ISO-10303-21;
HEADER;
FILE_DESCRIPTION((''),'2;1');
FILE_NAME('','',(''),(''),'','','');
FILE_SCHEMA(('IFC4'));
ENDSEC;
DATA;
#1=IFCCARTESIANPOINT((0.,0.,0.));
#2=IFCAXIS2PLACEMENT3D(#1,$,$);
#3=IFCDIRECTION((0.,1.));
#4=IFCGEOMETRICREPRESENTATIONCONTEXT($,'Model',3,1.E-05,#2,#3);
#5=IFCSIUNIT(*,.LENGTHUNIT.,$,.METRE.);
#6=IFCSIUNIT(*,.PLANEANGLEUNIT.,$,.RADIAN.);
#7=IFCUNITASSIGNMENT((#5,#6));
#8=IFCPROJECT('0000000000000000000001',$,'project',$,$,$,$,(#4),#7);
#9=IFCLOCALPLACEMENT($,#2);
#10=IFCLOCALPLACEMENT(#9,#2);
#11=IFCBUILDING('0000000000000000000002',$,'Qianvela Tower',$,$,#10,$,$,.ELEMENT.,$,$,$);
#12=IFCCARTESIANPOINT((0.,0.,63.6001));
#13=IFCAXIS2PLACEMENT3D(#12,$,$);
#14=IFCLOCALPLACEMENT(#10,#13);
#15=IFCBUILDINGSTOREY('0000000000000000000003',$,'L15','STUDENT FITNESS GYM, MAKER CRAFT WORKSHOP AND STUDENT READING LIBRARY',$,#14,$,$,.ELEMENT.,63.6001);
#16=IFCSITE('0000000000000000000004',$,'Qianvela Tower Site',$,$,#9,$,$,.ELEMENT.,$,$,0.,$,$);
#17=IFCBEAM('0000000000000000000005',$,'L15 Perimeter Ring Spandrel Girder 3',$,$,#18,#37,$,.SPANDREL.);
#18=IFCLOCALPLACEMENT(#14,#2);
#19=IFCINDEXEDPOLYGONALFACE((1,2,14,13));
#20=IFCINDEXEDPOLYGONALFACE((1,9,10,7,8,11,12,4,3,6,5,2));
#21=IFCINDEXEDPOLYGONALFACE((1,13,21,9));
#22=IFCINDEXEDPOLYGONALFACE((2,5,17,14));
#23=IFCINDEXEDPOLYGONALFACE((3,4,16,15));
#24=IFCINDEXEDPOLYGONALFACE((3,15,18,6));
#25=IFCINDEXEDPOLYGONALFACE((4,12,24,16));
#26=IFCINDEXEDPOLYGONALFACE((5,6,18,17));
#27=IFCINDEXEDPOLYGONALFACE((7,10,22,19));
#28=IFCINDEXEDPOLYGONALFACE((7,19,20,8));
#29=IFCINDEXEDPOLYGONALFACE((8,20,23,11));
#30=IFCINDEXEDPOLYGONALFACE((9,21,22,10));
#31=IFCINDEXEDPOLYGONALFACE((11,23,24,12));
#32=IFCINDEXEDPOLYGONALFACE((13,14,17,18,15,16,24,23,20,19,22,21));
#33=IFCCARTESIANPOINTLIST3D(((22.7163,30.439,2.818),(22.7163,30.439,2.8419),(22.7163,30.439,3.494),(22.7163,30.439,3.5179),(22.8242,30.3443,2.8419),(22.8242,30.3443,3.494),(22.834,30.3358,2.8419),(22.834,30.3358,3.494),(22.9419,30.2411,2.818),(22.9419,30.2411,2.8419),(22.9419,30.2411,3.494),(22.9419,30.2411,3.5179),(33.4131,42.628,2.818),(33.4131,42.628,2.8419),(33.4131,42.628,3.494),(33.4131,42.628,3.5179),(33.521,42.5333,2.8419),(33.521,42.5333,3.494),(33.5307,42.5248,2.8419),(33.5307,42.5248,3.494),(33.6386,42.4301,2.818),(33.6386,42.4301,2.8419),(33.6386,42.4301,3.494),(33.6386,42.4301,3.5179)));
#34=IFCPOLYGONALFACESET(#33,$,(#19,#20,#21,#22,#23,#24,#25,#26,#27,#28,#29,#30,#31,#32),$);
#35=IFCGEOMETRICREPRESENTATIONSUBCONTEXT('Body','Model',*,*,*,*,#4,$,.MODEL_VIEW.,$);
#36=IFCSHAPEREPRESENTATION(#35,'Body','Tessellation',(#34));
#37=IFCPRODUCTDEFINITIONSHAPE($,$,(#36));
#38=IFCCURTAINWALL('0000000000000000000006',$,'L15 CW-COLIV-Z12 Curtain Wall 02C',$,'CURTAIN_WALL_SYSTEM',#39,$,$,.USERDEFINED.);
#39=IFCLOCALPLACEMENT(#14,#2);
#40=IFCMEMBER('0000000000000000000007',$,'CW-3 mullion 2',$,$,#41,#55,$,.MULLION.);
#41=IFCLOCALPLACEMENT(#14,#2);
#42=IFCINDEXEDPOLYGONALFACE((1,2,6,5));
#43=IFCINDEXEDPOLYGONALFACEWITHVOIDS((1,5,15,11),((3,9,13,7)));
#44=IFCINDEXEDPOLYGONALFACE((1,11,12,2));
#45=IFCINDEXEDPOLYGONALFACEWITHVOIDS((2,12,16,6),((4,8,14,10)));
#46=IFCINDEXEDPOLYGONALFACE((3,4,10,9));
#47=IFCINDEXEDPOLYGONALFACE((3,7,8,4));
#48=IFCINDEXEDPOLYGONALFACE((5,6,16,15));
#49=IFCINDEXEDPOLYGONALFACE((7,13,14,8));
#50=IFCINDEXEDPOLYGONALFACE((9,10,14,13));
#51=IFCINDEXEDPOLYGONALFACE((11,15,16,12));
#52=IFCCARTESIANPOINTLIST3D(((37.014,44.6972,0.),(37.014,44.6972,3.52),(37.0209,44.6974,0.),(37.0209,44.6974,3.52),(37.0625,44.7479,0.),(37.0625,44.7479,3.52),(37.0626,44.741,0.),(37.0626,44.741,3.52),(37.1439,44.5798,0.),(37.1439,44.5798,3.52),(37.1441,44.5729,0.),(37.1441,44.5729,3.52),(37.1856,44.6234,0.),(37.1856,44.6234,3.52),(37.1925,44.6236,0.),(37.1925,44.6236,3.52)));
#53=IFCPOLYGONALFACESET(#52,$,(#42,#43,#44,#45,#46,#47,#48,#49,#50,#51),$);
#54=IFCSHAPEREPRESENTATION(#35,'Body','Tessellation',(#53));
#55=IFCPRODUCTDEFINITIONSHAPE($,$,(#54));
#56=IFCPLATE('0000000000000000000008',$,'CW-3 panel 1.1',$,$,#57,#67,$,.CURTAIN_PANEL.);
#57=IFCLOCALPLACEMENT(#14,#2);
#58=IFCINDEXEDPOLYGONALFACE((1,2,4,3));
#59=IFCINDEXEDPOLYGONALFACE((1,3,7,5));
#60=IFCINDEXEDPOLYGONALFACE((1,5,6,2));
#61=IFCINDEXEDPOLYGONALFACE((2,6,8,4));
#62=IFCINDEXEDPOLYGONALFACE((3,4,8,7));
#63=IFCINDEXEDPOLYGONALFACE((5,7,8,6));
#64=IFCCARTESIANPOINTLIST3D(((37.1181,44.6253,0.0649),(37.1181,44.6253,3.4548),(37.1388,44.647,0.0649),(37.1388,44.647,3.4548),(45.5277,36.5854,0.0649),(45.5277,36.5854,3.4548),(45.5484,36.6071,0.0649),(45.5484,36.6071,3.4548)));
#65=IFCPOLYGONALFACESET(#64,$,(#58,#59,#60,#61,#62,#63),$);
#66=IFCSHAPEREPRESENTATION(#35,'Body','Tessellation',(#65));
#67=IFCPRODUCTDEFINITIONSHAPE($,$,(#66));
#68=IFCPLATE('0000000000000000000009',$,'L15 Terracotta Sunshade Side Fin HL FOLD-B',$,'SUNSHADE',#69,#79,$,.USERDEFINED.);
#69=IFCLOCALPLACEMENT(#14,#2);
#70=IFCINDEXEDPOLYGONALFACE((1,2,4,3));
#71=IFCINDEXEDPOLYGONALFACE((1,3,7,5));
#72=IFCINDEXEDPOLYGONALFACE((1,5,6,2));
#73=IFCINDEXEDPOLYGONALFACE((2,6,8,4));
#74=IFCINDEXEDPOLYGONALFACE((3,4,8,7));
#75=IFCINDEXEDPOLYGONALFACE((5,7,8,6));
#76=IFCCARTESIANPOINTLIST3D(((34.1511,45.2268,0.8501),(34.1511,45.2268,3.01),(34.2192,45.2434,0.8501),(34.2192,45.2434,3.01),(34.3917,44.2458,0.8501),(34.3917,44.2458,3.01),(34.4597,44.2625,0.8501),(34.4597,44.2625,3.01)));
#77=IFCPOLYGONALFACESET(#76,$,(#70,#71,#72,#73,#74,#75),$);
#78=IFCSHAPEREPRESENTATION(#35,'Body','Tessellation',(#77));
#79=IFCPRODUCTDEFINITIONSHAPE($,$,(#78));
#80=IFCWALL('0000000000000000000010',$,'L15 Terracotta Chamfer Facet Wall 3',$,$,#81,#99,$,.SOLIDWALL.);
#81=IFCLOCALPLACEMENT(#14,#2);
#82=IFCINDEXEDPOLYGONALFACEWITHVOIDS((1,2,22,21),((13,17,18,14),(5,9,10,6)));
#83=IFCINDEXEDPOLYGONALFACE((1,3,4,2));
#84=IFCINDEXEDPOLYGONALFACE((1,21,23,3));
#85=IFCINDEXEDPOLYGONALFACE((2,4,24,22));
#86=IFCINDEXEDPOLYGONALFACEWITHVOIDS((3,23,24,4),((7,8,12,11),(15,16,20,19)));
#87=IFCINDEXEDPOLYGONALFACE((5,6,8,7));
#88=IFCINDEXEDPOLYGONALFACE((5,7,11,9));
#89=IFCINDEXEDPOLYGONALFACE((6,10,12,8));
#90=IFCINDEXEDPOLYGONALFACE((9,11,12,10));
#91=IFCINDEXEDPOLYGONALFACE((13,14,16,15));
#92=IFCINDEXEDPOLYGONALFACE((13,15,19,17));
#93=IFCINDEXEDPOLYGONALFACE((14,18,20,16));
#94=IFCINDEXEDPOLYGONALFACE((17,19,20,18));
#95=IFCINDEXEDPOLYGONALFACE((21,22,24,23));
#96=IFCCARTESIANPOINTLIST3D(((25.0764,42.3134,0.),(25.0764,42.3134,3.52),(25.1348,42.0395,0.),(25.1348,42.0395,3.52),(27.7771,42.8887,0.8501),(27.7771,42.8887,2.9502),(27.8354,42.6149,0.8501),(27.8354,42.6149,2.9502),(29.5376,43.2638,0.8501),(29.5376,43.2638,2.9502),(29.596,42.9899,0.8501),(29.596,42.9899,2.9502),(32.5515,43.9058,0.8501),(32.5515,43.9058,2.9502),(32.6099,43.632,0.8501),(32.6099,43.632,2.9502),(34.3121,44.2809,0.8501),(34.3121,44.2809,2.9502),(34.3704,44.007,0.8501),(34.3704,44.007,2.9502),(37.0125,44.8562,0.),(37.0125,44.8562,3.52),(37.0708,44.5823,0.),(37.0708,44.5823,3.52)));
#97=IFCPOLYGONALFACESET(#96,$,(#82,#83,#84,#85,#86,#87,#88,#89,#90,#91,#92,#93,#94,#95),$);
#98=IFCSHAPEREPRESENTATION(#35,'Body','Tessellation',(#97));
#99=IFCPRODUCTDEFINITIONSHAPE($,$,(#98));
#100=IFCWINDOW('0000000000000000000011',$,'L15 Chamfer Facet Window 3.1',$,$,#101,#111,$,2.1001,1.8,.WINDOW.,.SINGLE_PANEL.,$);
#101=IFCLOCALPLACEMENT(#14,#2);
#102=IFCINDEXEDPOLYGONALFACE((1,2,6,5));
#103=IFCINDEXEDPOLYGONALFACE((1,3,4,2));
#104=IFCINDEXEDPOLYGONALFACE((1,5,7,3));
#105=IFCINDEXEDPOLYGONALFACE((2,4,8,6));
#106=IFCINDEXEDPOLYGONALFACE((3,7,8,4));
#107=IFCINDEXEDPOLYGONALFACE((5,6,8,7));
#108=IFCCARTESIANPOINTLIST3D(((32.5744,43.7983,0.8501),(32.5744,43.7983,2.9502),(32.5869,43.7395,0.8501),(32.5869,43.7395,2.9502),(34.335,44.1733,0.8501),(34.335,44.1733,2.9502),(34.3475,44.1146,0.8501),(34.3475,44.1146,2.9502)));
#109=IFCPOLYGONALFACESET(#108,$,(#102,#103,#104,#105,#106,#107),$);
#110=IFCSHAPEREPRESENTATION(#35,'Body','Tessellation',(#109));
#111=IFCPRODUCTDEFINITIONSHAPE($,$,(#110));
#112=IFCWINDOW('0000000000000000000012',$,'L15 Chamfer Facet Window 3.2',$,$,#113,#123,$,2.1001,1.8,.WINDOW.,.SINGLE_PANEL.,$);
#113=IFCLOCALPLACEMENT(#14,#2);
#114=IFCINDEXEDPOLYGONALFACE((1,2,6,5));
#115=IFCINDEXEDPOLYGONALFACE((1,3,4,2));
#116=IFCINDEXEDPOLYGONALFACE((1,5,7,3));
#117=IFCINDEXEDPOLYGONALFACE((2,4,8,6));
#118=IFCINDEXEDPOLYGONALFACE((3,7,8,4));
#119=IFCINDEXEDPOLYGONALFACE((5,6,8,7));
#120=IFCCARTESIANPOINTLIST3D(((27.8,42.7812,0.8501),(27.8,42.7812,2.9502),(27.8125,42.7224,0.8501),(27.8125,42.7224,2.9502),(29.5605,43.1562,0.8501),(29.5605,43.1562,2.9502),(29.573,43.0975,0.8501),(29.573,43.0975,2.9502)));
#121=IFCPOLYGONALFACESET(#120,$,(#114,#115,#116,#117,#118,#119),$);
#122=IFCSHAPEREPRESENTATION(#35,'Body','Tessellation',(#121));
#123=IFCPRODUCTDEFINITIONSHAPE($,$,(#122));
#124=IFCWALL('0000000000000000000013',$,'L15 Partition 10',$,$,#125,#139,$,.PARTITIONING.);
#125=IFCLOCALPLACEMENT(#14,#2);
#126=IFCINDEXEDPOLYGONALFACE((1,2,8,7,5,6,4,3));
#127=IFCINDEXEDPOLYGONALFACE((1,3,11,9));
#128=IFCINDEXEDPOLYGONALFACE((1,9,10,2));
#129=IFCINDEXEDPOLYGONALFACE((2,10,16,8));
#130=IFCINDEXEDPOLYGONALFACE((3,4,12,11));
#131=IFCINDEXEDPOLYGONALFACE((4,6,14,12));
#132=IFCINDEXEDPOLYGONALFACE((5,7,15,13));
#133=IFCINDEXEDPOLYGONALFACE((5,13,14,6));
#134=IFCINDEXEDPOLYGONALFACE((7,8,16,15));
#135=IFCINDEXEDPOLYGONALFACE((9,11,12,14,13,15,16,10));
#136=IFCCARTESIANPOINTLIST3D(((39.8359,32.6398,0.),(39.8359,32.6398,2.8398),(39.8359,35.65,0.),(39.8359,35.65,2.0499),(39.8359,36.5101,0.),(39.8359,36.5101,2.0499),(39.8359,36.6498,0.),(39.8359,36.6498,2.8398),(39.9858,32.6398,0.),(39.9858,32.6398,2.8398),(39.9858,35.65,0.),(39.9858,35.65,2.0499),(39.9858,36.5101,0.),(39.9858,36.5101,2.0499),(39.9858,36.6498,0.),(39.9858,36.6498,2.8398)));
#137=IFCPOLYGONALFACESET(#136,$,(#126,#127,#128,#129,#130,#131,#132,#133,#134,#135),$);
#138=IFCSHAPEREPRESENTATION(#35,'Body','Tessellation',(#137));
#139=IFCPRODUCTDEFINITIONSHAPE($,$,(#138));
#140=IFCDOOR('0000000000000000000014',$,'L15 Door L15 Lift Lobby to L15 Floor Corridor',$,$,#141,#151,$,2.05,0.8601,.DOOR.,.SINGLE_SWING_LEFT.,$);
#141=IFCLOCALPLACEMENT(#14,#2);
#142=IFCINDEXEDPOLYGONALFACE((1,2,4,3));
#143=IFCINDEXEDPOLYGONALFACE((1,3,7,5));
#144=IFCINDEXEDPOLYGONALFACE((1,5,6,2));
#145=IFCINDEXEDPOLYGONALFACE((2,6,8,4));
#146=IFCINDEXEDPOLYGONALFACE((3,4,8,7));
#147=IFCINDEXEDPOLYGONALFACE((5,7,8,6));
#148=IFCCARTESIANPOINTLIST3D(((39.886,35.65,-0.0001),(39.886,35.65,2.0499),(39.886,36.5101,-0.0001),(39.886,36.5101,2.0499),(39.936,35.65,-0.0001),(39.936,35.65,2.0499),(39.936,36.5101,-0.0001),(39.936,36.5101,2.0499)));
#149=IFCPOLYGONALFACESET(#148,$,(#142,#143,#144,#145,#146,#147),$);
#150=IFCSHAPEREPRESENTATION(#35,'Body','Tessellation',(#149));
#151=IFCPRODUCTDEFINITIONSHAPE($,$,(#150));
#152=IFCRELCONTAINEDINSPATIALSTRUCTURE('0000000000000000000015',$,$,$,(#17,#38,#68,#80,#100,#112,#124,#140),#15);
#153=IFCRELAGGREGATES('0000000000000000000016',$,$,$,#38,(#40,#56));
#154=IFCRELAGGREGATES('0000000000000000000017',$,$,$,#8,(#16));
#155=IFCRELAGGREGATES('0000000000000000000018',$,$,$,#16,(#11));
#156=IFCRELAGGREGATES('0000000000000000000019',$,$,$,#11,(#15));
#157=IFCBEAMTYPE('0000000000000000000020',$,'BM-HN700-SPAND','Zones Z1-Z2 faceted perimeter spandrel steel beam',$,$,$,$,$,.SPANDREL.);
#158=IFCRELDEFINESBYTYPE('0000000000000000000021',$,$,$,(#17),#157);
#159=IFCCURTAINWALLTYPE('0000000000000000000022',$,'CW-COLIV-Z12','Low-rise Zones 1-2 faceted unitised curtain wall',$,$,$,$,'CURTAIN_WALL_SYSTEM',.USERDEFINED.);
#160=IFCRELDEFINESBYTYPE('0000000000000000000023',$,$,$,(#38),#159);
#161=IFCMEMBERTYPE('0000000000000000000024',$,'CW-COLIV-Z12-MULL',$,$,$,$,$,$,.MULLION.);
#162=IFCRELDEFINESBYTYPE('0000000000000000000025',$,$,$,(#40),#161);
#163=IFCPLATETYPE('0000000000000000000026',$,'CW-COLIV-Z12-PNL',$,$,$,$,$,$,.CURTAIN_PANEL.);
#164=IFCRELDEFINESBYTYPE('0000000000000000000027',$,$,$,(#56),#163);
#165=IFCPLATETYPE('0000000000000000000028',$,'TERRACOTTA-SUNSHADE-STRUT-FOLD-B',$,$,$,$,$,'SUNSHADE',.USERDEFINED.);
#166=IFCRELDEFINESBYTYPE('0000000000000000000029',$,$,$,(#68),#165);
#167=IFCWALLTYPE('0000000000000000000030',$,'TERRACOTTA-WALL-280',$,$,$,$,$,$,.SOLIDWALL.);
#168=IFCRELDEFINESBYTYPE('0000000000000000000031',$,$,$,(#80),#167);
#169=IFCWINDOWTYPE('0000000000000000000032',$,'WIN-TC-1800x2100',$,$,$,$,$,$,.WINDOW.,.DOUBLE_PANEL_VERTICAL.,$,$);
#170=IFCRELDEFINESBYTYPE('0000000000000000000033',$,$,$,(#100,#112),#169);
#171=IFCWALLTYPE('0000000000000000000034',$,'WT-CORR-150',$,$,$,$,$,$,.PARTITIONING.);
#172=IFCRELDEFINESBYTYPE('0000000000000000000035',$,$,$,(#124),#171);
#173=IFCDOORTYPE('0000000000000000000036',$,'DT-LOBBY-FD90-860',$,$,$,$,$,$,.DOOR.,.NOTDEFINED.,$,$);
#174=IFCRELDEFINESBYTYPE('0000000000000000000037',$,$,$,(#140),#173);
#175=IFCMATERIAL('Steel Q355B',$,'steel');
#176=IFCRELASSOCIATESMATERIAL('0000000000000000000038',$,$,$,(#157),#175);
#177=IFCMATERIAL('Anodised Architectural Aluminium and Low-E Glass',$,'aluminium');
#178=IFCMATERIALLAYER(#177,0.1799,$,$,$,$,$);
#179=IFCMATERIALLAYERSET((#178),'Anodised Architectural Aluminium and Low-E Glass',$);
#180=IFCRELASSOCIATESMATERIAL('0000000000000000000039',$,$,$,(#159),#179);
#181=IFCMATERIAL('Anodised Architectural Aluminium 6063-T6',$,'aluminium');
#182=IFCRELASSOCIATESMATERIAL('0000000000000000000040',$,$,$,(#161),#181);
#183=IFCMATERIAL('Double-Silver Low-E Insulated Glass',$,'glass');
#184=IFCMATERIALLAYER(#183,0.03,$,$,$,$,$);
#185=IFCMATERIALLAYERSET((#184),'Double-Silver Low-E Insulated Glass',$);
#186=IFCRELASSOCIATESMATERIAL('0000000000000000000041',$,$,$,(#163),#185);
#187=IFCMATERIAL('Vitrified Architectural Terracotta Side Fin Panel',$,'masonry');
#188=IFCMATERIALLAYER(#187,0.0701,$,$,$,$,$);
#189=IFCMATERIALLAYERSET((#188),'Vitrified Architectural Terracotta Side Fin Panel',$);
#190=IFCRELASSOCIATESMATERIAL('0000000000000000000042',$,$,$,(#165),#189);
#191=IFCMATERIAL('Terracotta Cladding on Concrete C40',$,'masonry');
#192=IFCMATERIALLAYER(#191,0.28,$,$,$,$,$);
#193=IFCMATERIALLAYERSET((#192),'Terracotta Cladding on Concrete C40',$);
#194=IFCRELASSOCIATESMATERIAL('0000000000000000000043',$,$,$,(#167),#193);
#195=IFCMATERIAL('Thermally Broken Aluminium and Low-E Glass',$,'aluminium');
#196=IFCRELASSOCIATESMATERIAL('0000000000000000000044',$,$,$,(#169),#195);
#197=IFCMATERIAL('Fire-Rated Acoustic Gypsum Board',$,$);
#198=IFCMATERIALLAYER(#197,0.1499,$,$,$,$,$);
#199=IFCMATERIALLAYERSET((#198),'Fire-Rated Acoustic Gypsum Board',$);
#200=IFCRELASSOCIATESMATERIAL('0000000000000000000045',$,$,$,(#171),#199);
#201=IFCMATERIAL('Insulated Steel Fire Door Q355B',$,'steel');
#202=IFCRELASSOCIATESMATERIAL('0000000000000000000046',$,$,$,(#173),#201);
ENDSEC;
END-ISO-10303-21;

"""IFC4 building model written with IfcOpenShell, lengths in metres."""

from ifc_helpers import new_model, si_unit, direction, frame, frame_2d, origin, origin_2d, place, context, subcontext, project, spatial, rectangle, hollow_rectangle, i_section, extrude, material, layer, layer_set, material_profile, profile_set, type_object, element, fill, aggregate, save


model = new_model("IFC4")

# Units and contexts
model_context = context("Model", 3, precision=1e-05, world=origin(), true_north=direction((0.0, 1.0)))
body_context = subcontext(model_context, "Body", "Model", "MODEL_VIEW")
ifc_project = project(units=[si_unit("LENGTHUNIT", "METRE"), si_unit("PLANEANGLEUNIT", "RADIAN")], contexts=[model_context])

# Site, building, storey
site_placement = place(None, origin())
site = spatial("IfcSite", under=ifc_project, at=site_placement, Name="Qianvela Tower Site", CompositionType="ELEMENT", RefElevation=0.0)
building_placement = place(site_placement, origin())
building = spatial("IfcBuilding", under=site, at=building_placement, Name="Qianvela Tower", CompositionType="ELEMENT")
storey_placement = place(building_placement, frame((0.0, 0.0, 63.6001)))
storey = spatial("IfcBuildingStorey", under=building, at=storey_placement, Name="L15", Description="STUDENT FITNESS GYM, MAKER CRAFT WORKSHOP AND STUDENT READING LIBRARY", CompositionType="ELEMENT", Elevation=63.6001)

# Beam
ifc_material_1 = material(Name="Steel Q355B", Category="steel")
ifc_material_profile_1 = material_profile(ifc_material_1, i_section(OverallWidth=0.3, OverallDepth=0.7, WebThickness=0.0129, FlangeThickness=0.0239, at=origin_2d()), Name="HN700x300x13x24")
ifc_profile_set_1 = profile_set([ifc_material_profile_1], Name="Steel Q355B")
beam_type_1 = type_object("IfcBeamType", Name="BM-HN700-SPAND", Description="Zones Z1-Z2 faceted perimeter spandrel steel beam", PredefinedType="SPANDREL", material=ifc_profile_set_1)
beam_1_placement = place(storey_placement, frame((33.5259, 42.5291, 3.168), z_axis=(-0.659602, -0.751615, 0.0), x_axis=(0.751615, -0.659602, 0.0)))
element("IfcBeam", 1, at=beam_1_placement, inside=storey, type_object=beam_type_1, Name="L15 Perimeter Ring Spandrel Girder 3", PredefinedType="SPANDREL", context=body_context, shape_type="SweptSolid", body=[
    extrude(i_section(OverallWidth=0.3, OverallDepth=0.7, WebThickness=0.0129, FlangeThickness=0.0239, at=origin_2d()), origin(), (0.0, 0.0, 1.0), 16.217),
])

# Curtain wall, member, plate
ifc_material_2 = material(Name="Anodised Architectural Aluminium and Low-E Glass", Category="aluminium")
ifc_layer_1 = layer(ifc_material_2, 0.1799)
ifc_layer_set_1 = layer_set([ifc_layer_1], Name="Anodised Architectural Aluminium and Low-E Glass")
curtain_wall_type = type_object("IfcCurtainWallType", Name="CW-COLIV-Z12", Description="Low-rise Zones 1-2 faceted unitised curtain wall", ElementType="CURTAIN_WALL_SYSTEM", PredefinedType="USERDEFINED", material=ifc_layer_set_1)
curtain_wall_placement = place(storey_placement, origin())
curtain_wall = element("IfcCurtainWall", 2, at=curtain_wall_placement, inside=storey, type_object=curtain_wall_type, Name="L15 CW-COLIV-Z12 Curtain Wall 02C", ObjectType="CURTAIN_WALL_SYSTEM", PredefinedType="USERDEFINED")
ifc_material_3 = material(Name="Anodised Architectural Aluminium 6063-T6", Category="aluminium")
ifc_material_profile_2 = material_profile(ifc_material_3, hollow_rectangle(XDim=0.0701, YDim=0.1799, WallThickness=0.0049, at=origin_2d()), Name="ALU-MULL-70x180")
ifc_profile_set_2 = profile_set([ifc_material_profile_2], Name="Anodised Architectural Aluminium 6063-T6")
member_type = type_object("IfcMemberType", Name="CW-COLIV-Z12-MULL", PredefinedType="MULLION", material=ifc_profile_set_2)
member_placement = place(storey_placement, frame((37.1033, 44.6604, 0.0), z_axis=(0.0, 0.0, 1.0), x_axis=(-0.691042, -0.722814, 0.0)))
member = element("IfcMember", 3, at=member_placement, type_object=member_type, Name="CW-3 mullion 2", PredefinedType="MULLION", context=body_context, shape_type="SweptSolid", body=[
    extrude(hollow_rectangle(XDim=0.0701, YDim=0.1799, WallThickness=0.0049, at=origin_2d()), origin(), (0.0, 0.0, 1.0), 3.52),
])
ifc_material_4 = material(Name="Double-Silver Low-E Insulated Glass", Category="glass")
ifc_layer_2 = layer(ifc_material_4, 0.03)
ifc_layer_set_2 = layer_set([ifc_layer_2], Name="Double-Silver Low-E Insulated Glass")
plate_type_1 = type_object("IfcPlateType", Name="CW-COLIV-Z12-PNL", PredefinedType="CURTAIN_PANEL", material=ifc_layer_set_2)
plate_1_placement = place(storey_placement, frame((41.3333, 40.6162, 0.0649), z_axis=(0.0, 0.0, 1.0), x_axis=(-0.722814, 0.691042, 0.0)))
plate_1 = element("IfcPlate", 4, at=plate_1_placement, type_object=plate_type_1, Name="CW-3 panel 1.1", PredefinedType="CURTAIN_PANEL", context=body_context, shape_type="SweptSolid", body=[
    extrude(rectangle(XDim=11.6345, YDim=0.03, at=origin_2d()), origin(), (0.0, 0.0, 1.0), 3.3899),
])
aggregate(curtain_wall, [member, plate_1])

# Plate
ifc_material_5 = material(Name="Vitrified Architectural Terracotta Side Fin Panel", Category="masonry")
ifc_layer_3 = layer(ifc_material_5, 0.0701)
ifc_layer_set_3 = layer_set([ifc_layer_3], Name="Vitrified Architectural Terracotta Side Fin Panel")
plate_type_2 = type_object("IfcPlateType", Name="TERRACOTTA-SUNSHADE-STRUT-FOLD-B", ElementType="SUNSHADE", PredefinedType="USERDEFINED", material=ifc_layer_set_3)
plate_2_placement = place(storey_placement, frame((34.3054, 44.7446, 0.8501), z_axis=(0.0, 0.0, 1.0), x_axis=(-0.971233, -0.23813, 0.0)))
element("IfcPlate", 5, at=plate_2_placement, inside=storey, type_object=plate_type_2, Name="L15 Terracotta Sunshade Side Fin HL FOLD-B", ObjectType="SUNSHADE", PredefinedType="USERDEFINED", context=body_context, shape_type="SweptSolid", body=[
    extrude(rectangle(XDim=0.0701, YDim=1.01, at=origin_2d()), origin(), (0.0, 0.0, 1.0), 2.1599),
])

# Wall, openings, windows
ifc_material_6 = material(Name="Terracotta Cladding on Concrete C40", Category="masonry")
ifc_layer_4 = layer(ifc_material_6, 0.28)
ifc_layer_set_4 = layer_set([ifc_layer_4], Name="Terracotta Cladding on Concrete C40")
wall_type_1 = type_object("IfcWallType", Name="TERRACOTTA-WALL-280", PredefinedType="SOLIDWALL", material=ifc_layer_set_4)
wall_1_placement = place(storey_placement, frame((37.0417, 44.7192, 0.0), z_axis=(0.0, 0.0, 1.0), x_axis=(-0.978053, -0.208354, 0.0)))
wall_1 = element("IfcWall", 6, at=wall_1_placement, inside=storey, type_object=wall_type_1, Name="L15 Terracotta Chamfer Facet Wall 3", PredefinedType="SOLIDWALL", context=body_context, shape_type="SweptSolid", body=[
    extrude(rectangle(XDim=12.2039, YDim=0.28, at=frame_2d((6.1021, 0.0))), origin(), (0.0, 0.0, 1.0), 3.52),
])
opening_1_placement = place(wall_1_placement, frame((2.7612, 0.0, 0.8501)))
opening_1 = element("IfcOpeningElement", 7, at=opening_1_placement, cuts=wall_1, PredefinedType="OPENING", context=body_context, shape_type="SweptSolid", body=[
    extrude(rectangle(XDim=1.8, YDim=2.1001, at=frame_2d((0.8999, 1.05))), frame((0.0, 0.1499, 0.0), z_axis=(0.0, -1.0, 0.0), x_axis=(1.0, 0.0, 0.0)), (0.0, 0.0, 1.0), 0.3),
])
opening_2_placement = place(wall_1_placement, frame((7.6428, 0.0, 0.8501)))
opening_2 = element("IfcOpeningElement", 8, at=opening_2_placement, cuts=wall_1, PredefinedType="OPENING", context=body_context, shape_type="SweptSolid", body=[
    extrude(rectangle(XDim=1.8, YDim=2.1001, at=frame_2d((0.8999, 1.05))), frame((0.0, 0.1499, 0.0), z_axis=(0.0, -1.0, 0.0), x_axis=(1.0, 0.0, 0.0)), (0.0, 0.0, 1.0), 0.3),
])
ifc_material_7 = material(Name="Thermally Broken Aluminium and Low-E Glass", Category="aluminium")
window_type = type_object("IfcWindowType", Name="WIN-TC-1800x2100", PartitioningType="DOUBLE_PANEL_VERTICAL", PredefinedType="WINDOW", material=ifc_material_7)
window_1_placement = place(opening_1_placement, origin())
window_1 = element("IfcWindow", 9, at=window_1_placement, inside=storey, type_object=window_type, Name="L15 Chamfer Facet Window 3.1", OverallHeight=2.1001, OverallWidth=1.8, PartitioningType="SINGLE_PANEL", PredefinedType="WINDOW", context=body_context, shape_type="SweptSolid", body=[
    extrude(rectangle(XDim=1.8, YDim=2.1001, at=frame_2d((0.8999, 1.05))), frame((0.0, 0.03, 0.0), z_axis=(0.0, -1.0, 0.0), x_axis=(1.0, 0.0, 0.0)), (0.0, 0.0, 1.0), 0.0601),
])
fill(opening_1, window_1)
window_2_placement = place(opening_2_placement, origin())
window_2 = element("IfcWindow", 10, at=window_2_placement, inside=storey, type_object=window_type, Name="L15 Chamfer Facet Window 3.2", OverallHeight=2.1001, OverallWidth=1.8, PartitioningType="SINGLE_PANEL", PredefinedType="WINDOW", context=body_context, shape_type="SweptSolid", body=[
    extrude(rectangle(XDim=1.8, YDim=2.1001, at=frame_2d((0.8999, 1.05))), frame((0.0, 0.03, 0.0), z_axis=(0.0, -1.0, 0.0), x_axis=(1.0, 0.0, 0.0)), (0.0, 0.0, 1.0), 0.0601),
])
fill(opening_2, window_2)

# Wall, opening, door
ifc_material_8 = material(Name="Fire-Rated Acoustic Gypsum Board")
ifc_layer_5 = layer(ifc_material_8, 0.1499)
ifc_layer_set_5 = layer_set([ifc_layer_5], Name="Fire-Rated Acoustic Gypsum Board")
wall_type_2 = type_object("IfcWallType", Name="WT-CORR-150", PredefinedType="PARTITIONING", material=ifc_layer_set_5)
wall_2_placement = place(storey_placement, frame((39.9109, 32.6399, 0.0), z_axis=(0.0, 0.0, 1.0), x_axis=(0.0, 1.0, 0.0)))
wall_2 = element("IfcWall", 11, at=wall_2_placement, inside=storey, type_object=wall_type_2, Name="L15 Partition 10", PredefinedType="PARTITIONING", context=body_context, shape_type="SweptSolid", body=[
    extrude(rectangle(XDim=4.01, YDim=0.1499, at=frame_2d((2.0049, 0.0))), origin(), (0.0, 0.0, 1.0), 2.8398),
])
opening_3_placement = place(wall_2_placement, frame((3.01, 0.0, 0.0)))
opening_3 = element("IfcOpeningElement", 12, at=opening_3_placement, cuts=wall_2, PredefinedType="OPENING", context=body_context, shape_type="SweptSolid", body=[
    extrude(rectangle(XDim=0.8601, YDim=2.05, at=frame_2d((0.4302, 1.0249))), frame((0.0, 0.085, 0.0), z_axis=(0.0, -1.0, 0.0), x_axis=(1.0, 0.0, 0.0)), (0.0, 0.0, 1.0), 0.1699),
])
ifc_material_9 = material(Name="Insulated Steel Fire Door Q355B", Category="steel")
door_type_1 = type_object("IfcDoorType", Name="DT-LOBBY-FD90-860", OperationType="NOTDEFINED", PredefinedType="DOOR", material=ifc_material_9)
door_1_placement = place(opening_3_placement, origin())
door_1 = element("IfcDoor", 13, at=door_1_placement, inside=storey, type_object=door_type_1, Name="L15 Door L15 Lift Lobby to L15 Floor Corridor", OperationType="SINGLE_SWING_LEFT", OverallHeight=2.05, OverallWidth=0.8601, PredefinedType="DOOR", context=body_context, shape_type="SweptSolid", body=[
    extrude(rectangle(XDim=0.8601, YDim=2.05, at=frame_2d((0.4302, 1.0249))), frame((0.0, 0.0249, 0.0), z_axis=(0.0, -1.0, 0.0), x_axis=(1.0, 0.0, 0.0)), (0.0, 0.0, 1.0), 0.05),
])
fill(opening_3, door_1)

save(model, "model.ifc")
